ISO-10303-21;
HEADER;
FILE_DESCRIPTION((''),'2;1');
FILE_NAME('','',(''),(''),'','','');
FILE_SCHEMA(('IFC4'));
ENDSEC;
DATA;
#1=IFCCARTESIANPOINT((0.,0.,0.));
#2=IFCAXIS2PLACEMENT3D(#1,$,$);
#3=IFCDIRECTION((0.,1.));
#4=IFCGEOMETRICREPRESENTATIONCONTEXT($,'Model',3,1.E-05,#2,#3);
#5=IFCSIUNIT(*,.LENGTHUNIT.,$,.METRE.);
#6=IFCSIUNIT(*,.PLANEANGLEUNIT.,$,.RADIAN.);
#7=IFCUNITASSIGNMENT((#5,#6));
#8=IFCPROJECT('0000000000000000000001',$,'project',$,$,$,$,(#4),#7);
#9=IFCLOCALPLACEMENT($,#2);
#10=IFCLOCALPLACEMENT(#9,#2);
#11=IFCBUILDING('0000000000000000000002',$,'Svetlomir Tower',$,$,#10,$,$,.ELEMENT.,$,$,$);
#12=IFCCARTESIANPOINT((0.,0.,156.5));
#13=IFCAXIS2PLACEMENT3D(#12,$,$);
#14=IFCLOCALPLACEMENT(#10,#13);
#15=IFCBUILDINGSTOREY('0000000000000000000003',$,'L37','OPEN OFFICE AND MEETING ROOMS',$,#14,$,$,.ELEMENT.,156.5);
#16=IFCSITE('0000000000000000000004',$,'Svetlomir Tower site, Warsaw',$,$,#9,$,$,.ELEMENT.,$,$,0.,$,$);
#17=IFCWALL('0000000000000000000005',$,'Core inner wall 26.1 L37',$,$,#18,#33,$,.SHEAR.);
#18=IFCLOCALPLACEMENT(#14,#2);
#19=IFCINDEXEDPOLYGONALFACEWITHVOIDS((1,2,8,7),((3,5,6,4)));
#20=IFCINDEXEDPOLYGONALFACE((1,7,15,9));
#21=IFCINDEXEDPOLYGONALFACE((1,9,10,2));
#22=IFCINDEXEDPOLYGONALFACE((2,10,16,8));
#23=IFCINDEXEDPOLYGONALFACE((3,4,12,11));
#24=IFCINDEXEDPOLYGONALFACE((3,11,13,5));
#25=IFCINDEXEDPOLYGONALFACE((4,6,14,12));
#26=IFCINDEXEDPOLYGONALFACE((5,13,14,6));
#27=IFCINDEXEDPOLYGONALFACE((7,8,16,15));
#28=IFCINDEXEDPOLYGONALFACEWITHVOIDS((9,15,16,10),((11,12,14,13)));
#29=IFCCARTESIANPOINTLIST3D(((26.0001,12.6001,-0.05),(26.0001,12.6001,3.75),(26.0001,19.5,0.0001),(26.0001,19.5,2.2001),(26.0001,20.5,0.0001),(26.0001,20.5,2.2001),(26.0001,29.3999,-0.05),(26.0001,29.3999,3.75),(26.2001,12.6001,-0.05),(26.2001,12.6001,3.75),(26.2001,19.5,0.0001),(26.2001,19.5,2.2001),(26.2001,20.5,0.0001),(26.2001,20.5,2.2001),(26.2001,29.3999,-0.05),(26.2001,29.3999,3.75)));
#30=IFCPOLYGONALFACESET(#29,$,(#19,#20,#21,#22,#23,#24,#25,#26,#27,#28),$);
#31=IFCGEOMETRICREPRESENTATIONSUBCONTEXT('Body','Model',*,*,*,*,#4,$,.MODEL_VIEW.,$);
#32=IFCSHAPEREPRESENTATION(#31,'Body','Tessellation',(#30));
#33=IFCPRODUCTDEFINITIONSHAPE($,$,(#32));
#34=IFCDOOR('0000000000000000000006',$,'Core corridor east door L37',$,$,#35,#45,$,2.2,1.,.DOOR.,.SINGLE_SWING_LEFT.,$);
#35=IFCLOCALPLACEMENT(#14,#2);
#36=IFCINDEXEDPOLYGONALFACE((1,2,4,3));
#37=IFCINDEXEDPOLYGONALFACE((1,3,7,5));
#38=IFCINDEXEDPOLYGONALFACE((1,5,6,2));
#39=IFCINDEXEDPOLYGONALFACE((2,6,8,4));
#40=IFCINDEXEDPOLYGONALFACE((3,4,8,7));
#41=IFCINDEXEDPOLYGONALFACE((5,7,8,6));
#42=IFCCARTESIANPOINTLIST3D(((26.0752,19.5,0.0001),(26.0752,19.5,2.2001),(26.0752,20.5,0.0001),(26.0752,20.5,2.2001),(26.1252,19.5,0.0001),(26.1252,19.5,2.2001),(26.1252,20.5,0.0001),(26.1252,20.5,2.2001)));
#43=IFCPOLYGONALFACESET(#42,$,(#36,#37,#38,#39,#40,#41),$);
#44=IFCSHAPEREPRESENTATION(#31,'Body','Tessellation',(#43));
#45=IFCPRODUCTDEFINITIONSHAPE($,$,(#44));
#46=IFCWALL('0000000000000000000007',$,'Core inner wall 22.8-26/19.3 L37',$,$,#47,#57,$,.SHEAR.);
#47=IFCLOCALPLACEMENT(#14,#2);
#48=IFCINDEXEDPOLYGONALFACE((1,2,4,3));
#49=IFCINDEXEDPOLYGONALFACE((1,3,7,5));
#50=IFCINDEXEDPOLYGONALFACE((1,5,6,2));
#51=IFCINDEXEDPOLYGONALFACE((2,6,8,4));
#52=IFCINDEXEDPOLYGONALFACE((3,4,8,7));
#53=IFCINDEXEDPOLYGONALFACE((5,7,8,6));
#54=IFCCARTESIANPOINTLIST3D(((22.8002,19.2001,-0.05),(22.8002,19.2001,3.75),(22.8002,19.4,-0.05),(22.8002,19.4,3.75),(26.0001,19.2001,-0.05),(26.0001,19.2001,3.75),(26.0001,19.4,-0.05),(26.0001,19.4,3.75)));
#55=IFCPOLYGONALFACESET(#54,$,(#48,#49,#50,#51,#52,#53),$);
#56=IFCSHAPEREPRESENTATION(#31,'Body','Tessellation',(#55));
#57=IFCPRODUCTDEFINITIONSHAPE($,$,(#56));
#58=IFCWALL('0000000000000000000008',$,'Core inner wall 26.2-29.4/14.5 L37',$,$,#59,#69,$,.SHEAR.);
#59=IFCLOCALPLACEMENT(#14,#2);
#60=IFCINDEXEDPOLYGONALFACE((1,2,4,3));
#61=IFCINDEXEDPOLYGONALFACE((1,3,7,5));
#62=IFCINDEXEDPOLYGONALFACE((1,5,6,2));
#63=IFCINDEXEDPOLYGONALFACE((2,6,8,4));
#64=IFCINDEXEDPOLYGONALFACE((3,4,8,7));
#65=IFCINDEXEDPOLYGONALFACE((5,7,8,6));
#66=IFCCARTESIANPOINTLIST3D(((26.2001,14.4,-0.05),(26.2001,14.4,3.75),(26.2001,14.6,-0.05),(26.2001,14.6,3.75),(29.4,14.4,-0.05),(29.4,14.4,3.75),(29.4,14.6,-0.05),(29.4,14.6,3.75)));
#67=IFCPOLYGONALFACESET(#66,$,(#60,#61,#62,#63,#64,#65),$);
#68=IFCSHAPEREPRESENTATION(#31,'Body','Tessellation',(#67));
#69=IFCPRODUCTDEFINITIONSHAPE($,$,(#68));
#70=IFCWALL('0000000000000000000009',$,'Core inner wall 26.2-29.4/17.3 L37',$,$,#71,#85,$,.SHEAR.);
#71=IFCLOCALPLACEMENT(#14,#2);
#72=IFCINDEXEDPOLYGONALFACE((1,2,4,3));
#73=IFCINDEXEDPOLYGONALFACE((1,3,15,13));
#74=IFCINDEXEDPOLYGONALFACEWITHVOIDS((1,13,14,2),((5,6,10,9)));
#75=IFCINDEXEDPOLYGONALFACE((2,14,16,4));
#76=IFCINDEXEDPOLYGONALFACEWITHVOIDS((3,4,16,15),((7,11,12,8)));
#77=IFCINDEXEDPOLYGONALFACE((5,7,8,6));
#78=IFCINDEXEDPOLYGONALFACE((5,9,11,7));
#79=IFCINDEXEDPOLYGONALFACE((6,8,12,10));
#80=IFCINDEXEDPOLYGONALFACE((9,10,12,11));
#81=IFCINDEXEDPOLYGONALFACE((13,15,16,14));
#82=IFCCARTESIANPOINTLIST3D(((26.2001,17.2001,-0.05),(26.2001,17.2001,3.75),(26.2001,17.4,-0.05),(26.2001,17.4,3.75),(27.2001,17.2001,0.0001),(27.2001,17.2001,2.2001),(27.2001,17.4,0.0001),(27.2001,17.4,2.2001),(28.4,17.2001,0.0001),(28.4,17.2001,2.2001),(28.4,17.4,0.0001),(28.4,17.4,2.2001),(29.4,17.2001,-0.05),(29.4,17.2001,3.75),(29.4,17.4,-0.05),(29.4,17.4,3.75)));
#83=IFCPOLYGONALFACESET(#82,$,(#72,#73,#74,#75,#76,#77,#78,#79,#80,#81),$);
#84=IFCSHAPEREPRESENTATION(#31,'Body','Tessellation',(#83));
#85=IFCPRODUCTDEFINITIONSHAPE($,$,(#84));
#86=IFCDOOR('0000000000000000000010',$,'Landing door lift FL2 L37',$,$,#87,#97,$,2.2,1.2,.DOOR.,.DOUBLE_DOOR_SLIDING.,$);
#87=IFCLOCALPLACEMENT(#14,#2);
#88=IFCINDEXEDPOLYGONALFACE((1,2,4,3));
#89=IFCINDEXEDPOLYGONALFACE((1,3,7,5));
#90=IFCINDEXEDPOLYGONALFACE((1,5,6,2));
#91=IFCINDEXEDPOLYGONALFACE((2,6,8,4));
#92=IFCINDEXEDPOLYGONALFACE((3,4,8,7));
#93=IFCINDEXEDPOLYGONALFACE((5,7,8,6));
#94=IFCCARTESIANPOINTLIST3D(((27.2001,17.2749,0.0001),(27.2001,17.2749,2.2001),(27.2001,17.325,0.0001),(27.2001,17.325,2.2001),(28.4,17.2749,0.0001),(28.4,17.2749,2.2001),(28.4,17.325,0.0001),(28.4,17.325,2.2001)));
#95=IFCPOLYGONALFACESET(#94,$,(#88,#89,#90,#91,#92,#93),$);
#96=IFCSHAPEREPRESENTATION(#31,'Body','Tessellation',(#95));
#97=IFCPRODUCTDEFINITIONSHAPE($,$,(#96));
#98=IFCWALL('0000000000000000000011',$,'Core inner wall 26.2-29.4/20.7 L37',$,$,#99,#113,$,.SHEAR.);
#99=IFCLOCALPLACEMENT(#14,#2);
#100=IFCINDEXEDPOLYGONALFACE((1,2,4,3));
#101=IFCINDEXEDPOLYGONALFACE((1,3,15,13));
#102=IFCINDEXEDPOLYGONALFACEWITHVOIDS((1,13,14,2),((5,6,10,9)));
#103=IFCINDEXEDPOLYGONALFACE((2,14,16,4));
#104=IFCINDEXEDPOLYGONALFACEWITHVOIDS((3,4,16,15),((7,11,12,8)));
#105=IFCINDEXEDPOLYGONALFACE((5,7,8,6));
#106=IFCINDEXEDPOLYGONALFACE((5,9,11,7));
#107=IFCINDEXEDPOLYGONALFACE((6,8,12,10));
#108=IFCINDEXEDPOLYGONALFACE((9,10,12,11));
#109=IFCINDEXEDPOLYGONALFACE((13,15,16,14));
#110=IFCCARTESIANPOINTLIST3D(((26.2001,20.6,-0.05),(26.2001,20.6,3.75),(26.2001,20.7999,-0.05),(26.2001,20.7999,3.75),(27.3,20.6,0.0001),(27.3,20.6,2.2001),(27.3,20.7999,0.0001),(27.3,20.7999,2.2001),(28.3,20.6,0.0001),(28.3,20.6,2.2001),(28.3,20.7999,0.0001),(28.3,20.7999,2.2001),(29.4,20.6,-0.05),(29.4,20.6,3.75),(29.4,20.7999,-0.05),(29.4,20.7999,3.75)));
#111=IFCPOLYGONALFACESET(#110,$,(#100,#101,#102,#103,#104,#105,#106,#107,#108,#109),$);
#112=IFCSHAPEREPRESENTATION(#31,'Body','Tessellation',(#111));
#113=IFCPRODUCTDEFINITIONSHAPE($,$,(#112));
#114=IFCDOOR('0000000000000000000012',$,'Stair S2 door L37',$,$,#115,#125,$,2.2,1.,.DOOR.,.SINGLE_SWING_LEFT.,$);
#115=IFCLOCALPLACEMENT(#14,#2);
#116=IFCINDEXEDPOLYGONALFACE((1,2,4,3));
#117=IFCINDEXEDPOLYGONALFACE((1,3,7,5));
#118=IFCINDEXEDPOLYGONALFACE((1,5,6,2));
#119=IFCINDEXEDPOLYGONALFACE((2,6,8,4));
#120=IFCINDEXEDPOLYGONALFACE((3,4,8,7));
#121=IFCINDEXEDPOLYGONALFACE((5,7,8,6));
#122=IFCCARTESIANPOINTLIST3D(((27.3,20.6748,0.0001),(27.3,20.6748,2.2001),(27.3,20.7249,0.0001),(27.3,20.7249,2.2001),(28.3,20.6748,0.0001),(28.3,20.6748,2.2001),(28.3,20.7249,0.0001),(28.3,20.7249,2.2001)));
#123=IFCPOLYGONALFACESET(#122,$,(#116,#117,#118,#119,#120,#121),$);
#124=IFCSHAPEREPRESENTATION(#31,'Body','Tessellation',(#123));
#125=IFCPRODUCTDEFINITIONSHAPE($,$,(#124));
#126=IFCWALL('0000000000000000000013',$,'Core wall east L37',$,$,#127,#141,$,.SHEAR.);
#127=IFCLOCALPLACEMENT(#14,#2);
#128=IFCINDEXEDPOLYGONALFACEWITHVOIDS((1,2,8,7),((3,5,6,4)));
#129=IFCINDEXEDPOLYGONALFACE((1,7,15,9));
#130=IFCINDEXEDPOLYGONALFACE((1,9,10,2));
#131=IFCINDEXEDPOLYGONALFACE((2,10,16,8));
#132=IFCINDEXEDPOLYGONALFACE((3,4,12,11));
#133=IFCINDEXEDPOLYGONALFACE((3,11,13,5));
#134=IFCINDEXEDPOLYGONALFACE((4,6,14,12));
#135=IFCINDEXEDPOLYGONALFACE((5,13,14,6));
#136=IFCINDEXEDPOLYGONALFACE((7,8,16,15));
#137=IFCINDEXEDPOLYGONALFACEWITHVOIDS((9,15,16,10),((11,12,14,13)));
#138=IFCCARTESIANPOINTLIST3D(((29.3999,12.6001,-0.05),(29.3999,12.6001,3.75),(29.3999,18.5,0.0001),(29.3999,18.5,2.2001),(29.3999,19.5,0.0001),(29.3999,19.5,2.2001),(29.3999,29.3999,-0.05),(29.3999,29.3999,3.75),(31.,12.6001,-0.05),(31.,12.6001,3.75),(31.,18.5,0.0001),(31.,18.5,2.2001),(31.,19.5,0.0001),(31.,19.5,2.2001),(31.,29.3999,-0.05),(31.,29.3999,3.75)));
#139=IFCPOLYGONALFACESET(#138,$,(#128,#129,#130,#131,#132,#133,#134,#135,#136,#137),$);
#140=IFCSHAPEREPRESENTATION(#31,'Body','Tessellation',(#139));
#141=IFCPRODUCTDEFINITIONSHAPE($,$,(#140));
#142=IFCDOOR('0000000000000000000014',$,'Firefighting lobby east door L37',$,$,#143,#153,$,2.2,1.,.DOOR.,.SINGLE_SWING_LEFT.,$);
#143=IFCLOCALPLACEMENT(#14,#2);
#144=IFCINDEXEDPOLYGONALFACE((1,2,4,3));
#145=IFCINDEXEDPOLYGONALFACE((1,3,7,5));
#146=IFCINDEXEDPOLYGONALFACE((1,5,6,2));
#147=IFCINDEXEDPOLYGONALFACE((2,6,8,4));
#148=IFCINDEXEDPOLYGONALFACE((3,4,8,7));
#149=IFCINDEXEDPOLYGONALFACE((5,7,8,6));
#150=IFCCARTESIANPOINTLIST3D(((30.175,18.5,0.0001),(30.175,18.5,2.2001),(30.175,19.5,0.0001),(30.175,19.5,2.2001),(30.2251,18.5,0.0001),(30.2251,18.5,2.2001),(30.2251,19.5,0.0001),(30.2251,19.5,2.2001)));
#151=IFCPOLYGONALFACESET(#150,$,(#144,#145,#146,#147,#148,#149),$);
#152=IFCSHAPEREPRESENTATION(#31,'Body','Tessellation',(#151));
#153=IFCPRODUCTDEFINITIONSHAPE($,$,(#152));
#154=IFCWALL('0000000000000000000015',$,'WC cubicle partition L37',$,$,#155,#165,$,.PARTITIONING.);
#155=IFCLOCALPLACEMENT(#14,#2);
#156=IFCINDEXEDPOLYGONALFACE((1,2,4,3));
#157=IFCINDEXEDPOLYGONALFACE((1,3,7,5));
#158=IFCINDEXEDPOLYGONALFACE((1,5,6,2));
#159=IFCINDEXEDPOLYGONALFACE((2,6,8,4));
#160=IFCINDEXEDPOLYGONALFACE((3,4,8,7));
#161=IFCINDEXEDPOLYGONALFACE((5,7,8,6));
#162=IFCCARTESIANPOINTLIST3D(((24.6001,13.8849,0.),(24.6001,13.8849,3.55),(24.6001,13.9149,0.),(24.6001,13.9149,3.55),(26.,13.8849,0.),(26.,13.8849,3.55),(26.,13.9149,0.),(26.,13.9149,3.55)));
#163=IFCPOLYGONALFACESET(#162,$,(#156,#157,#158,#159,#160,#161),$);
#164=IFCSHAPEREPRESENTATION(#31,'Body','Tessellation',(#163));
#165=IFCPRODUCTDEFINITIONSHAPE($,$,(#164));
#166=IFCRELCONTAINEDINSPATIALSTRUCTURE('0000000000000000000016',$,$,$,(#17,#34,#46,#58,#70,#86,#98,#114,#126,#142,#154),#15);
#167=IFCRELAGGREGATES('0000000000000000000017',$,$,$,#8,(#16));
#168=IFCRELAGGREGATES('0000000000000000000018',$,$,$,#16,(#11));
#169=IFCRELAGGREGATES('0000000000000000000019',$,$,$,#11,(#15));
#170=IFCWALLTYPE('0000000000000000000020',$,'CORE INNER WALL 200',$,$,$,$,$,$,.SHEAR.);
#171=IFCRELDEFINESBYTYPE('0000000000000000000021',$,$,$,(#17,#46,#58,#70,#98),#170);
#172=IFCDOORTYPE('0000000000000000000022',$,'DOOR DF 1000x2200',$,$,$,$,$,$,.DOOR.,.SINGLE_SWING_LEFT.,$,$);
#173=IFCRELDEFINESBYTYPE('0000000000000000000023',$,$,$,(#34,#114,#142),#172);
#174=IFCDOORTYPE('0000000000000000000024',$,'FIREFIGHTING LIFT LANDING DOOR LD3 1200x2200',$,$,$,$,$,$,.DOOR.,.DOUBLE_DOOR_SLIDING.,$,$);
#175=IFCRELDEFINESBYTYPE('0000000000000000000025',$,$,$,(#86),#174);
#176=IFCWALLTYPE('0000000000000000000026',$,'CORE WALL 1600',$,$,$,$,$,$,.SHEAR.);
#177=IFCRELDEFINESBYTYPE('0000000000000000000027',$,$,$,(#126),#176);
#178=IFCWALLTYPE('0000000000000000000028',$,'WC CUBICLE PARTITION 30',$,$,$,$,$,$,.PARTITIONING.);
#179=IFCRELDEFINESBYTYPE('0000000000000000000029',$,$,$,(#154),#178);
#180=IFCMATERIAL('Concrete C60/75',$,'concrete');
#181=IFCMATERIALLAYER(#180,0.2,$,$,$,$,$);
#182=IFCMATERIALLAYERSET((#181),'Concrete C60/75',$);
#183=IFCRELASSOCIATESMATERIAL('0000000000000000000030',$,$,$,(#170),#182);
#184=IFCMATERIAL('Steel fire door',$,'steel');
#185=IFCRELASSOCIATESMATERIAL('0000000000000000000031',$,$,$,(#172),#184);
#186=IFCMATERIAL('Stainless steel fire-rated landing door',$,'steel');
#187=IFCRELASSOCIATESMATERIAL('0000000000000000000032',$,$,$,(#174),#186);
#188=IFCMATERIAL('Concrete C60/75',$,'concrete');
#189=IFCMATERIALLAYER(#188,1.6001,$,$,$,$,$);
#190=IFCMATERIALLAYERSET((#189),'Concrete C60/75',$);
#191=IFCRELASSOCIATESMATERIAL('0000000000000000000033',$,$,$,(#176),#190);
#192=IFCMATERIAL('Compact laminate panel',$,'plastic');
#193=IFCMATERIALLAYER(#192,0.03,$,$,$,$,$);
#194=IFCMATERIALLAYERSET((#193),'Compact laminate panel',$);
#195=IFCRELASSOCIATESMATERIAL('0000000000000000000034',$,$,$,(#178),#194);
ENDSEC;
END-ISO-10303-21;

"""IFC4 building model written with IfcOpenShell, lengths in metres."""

from ifc_helpers import new_model, si_unit, direction, frame, frame_2d, origin, place, context, subcontext, project, spatial, rectangle, extrude, material, layer, layer_set, type_object, element, fill, save


model = new_model("IFC4")

# Units and contexts
model_context = context("Model", 3, precision=1e-05, world=origin(), true_north=direction((0.0, 1.0)))
body_context = subcontext(model_context, "Body", "Model", "MODEL_VIEW")
ifc_project = project(units=[si_unit("LENGTHUNIT", "METRE"), si_unit("PLANEANGLEUNIT", "RADIAN")], contexts=[model_context])

# Site, building, storey
site_placement = place(None, origin())
site = spatial("IfcSite", under=ifc_project, at=site_placement, Name="Svetlomir Tower site, Warsaw", CompositionType="ELEMENT", RefElevation=0.0)
building_placement = place(site_placement, origin())
building = spatial("IfcBuilding", under=site, at=building_placement, Name="Svetlomir Tower", CompositionType="ELEMENT")
storey_placement = place(building_placement, frame((0.0, 0.0, 156.5)))
storey = spatial("IfcBuildingStorey", under=building, at=storey_placement, Name="L37", Description="OPEN OFFICE AND MEETING ROOMS", CompositionType="ELEMENT", Elevation=156.5)

# Wall, opening, door
ifc_material_1 = material(Name="Concrete C60/75", Category="concrete")
ifc_layer_1 = layer(ifc_material_1, 0.2)
ifc_layer_set_1 = layer_set([ifc_layer_1], Name="Concrete C60/75")
wall_type_1 = type_object("IfcWallType", Name="CORE INNER WALL 200", PredefinedType="SHEAR", material=ifc_layer_set_1)
wall_1_placement = place(storey_placement, frame((26.1001, 12.6001, -0.05), z_axis=(0.0, 0.0, 1.0), x_axis=(0.0, 1.0, 0.0)))
wall_1 = element("IfcWall", 1, at=wall_1_placement, inside=storey, type_object=wall_type_1, Name="Core inner wall 26.1 L37", PredefinedType="SHEAR", context=body_context, shape_type="SweptSolid", body=[
    extrude(rectangle(XDim=16.7998, YDim=0.2, at=frame_2d((8.3999, 0.0))), origin(), (0.0, 0.0, 1.0), 3.8),
])
opening_1_placement = place(wall_1_placement, frame((6.8999, 0.0, 0.05)))
opening_1 = element("IfcOpeningElement", 2, at=opening_1_placement, cuts=wall_1, PredefinedType="OPENING", context=body_context, shape_type="SweptSolid", body=[
    extrude(rectangle(XDim=1.0, YDim=2.2, at=frame_2d((0.5, 1.1001))), frame((0.0, 0.1099, 0.0), z_axis=(0.0, -1.0, 0.0), x_axis=(1.0, 0.0, 0.0)), (0.0, 0.0, 1.0), 0.22),
])
ifc_material_2 = material(Name="Steel fire door", Category="steel")
door_type_1 = type_object("IfcDoorType", Name="DOOR DF 1000x2200", OperationType="SINGLE_SWING_LEFT", PredefinedType="DOOR", material=ifc_material_2)
door_1_placement = place(opening_1_placement, origin())
door_1 = element("IfcDoor", 3, at=door_1_placement, inside=storey, type_object=door_type_1, Name="Core corridor east door L37", OperationType="SINGLE_SWING_LEFT", OverallHeight=2.2, OverallWidth=1.0, PredefinedType="DOOR", context=body_context, shape_type="SweptSolid", body=[
    extrude(rectangle(XDim=1.0, YDim=2.2, at=frame_2d((0.5, 1.1001))), frame((0.0, 0.0249, 0.0), z_axis=(0.0, -1.0, 0.0), x_axis=(1.0, 0.0, 0.0)), (0.0, 0.0, 1.0), 0.05),
])
fill(opening_1, door_1)

# Walls
for number, where, z_axis, x_axis, name in (
    (4, (22.8, 19.3, -0.05), (0.0, 0.0, 1.0), (1.0, 0.0, 0.0), "Core inner wall 22.8-26/19.3 L37"),
    (5, (26.2, 14.5, -0.05), (0.0, 0.0, 1.0), (1.0, 0.0, 0.0), "Core inner wall 26.2-29.4/14.5 L37"),
):
    element("IfcWall", number, at=place(storey_placement, frame(where, z_axis=z_axis, x_axis=x_axis)), inside=storey, type_object=wall_type_1, Name=name, PredefinedType="SHEAR", context=body_context, shape_type="SweptSolid", body=[
        extrude(rectangle(XDim=3.2, YDim=0.2, at=frame_2d((1.6001, 0.0))), origin(), (0.0, 0.0, 1.0), 3.8),
    ])

# Walls, openings, doors
wall_2_placement = place(storey_placement, frame((26.2, 17.3, -0.05), z_axis=(0.0, 0.0, 1.0), x_axis=(1.0, 0.0, 0.0)))
wall_2 = element("IfcWall", 6, at=wall_2_placement, inside=storey, type_object=wall_type_1, Name="Core inner wall 26.2-29.4/17.3 L37", PredefinedType="SHEAR", context=body_context, shape_type="SweptSolid", body=[
    extrude(rectangle(XDim=3.2, YDim=0.2, at=frame_2d((1.6001, 0.0))), origin(), (0.0, 0.0, 1.0), 3.8),
])
opening_2_placement = place(wall_2_placement, frame((1.0, 0.0, 0.05)))
opening_2 = element("IfcOpeningElement", 7, at=opening_2_placement, cuts=wall_2, PredefinedType="OPENING", context=body_context, shape_type="SweptSolid", body=[
    extrude(rectangle(XDim=1.2, YDim=2.2, at=frame_2d((0.6001, 1.1001))), frame((0.0, 0.1099, 0.0), z_axis=(0.0, -1.0, 0.0), x_axis=(1.0, 0.0, 0.0)), (0.0, 0.0, 1.0), 0.22),
])
ifc_material_3 = material(Name="Stainless steel fire-rated landing door", Category="steel")
door_type_2 = type_object("IfcDoorType", Name="FIREFIGHTING LIFT LANDING DOOR LD3 1200x2200", OperationType="DOUBLE_DOOR_SLIDING", PredefinedType="DOOR", material=ifc_material_3)
door_2_placement = place(opening_2_placement, origin())
door_2 = element("IfcDoor", 8, at=door_2_placement, inside=storey, type_object=door_type_2, Name="Landing door lift FL2 L37", OperationType="DOUBLE_DOOR_SLIDING", OverallHeight=2.2, OverallWidth=1.2, PredefinedType="DOOR", context=body_context, shape_type="SweptSolid", body=[
    extrude(rectangle(XDim=1.2, YDim=2.2, at=frame_2d((0.6001, 1.1001))), frame((0.0, 0.0249, 0.0), z_axis=(0.0, -1.0, 0.0), x_axis=(1.0, 0.0, 0.0)), (0.0, 0.0, 1.0), 0.05),
])
fill(opening_2, door_2)
wall_3_placement = place(storey_placement, frame((26.2, 20.7, -0.05), z_axis=(0.0, 0.0, 1.0), x_axis=(1.0, 0.0, 0.0)))
wall_3 = element("IfcWall", 9, at=wall_3_placement, inside=storey, type_object=wall_type_1, Name="Core inner wall 26.2-29.4/20.7 L37", PredefinedType="SHEAR", context=body_context, shape_type="SweptSolid", body=[
    extrude(rectangle(XDim=3.2, YDim=0.2, at=frame_2d((1.6001, 0.0))), origin(), (0.0, 0.0, 1.0), 3.8),
])
opening_3_placement = place(wall_3_placement, frame((1.1001, 0.0, 0.05)))
opening_3 = element("IfcOpeningElement", 10, at=opening_3_placement, cuts=wall_3, PredefinedType="OPENING", context=body_context, shape_type="SweptSolid", body=[
    extrude(rectangle(XDim=1.0, YDim=2.2, at=frame_2d((0.5, 1.1001))), frame((0.0, 0.1099, 0.0), z_axis=(0.0, -1.0, 0.0), x_axis=(1.0, 0.0, 0.0)), (0.0, 0.0, 1.0), 0.22),
])
door_3_placement = place(opening_3_placement, origin())
door_3 = element("IfcDoor", 11, at=door_3_placement, inside=storey, type_object=door_type_1, Name="Stair S2 door L37", OperationType="SINGLE_SWING_LEFT", OverallHeight=2.2, OverallWidth=1.0, PredefinedType="DOOR", context=body_context, shape_type="SweptSolid", body=[
    extrude(rectangle(XDim=1.0, YDim=2.2, at=frame_2d((0.5, 1.1001))), frame((0.0, 0.0249, 0.0), z_axis=(0.0, -1.0, 0.0), x_axis=(1.0, 0.0, 0.0)), (0.0, 0.0, 1.0), 0.05),
])
fill(opening_3, door_3)
ifc_material_4 = material(Name="Concrete C60/75", Category="concrete")
ifc_layer_2 = layer(ifc_material_4, 1.6001)
ifc_layer_set_2 = layer_set([ifc_layer_2], Name="Concrete C60/75")
wall_type_2 = type_object("IfcWallType", Name="CORE WALL 1600", PredefinedType="SHEAR", material=ifc_layer_set_2)
wall_4_placement = place(storey_placement, frame((30.2, 12.6001, -0.05), z_axis=(0.0, 0.0, 1.0), x_axis=(0.0, 1.0, 0.0)))
wall_4 = element("IfcWall", 12, at=wall_4_placement, inside=storey, type_object=wall_type_2, Name="Core wall east L37", PredefinedType="SHEAR", context=body_context, shape_type="SweptSolid", body=[
    extrude(rectangle(XDim=16.7998, YDim=1.6001, at=frame_2d((8.3999, 0.0))), origin(), (0.0, 0.0, 1.0), 3.8),
])
opening_4_placement = place(wall_4_placement, frame((5.8999, 0.0, 0.05)))
opening_4 = element("IfcOpeningElement", 13, at=opening_4_placement, cuts=wall_4, PredefinedType="OPENING", context=body_context, shape_type="SweptSolid", body=[
    extrude(rectangle(XDim=1.0, YDim=2.2, at=frame_2d((0.5, 1.1001))), frame((0.0, 0.8101, 0.0), z_axis=(0.0, -1.0, 0.0), x_axis=(1.0, 0.0, 0.0)), (0.0, 0.0, 1.0), 1.6201),
])
door_4_placement = place(opening_4_placement, origin())
door_4 = element("IfcDoor", 14, at=door_4_placement, inside=storey, type_object=door_type_1, Name="Firefighting lobby east door L37", OperationType="SINGLE_SWING_LEFT", OverallHeight=2.2, OverallWidth=1.0, PredefinedType="DOOR", context=body_context, shape_type="SweptSolid", body=[
    extrude(rectangle(XDim=1.0, YDim=2.2, at=frame_2d((0.5, 1.1001))), frame((0.0, 0.0249, 0.0), z_axis=(0.0, -1.0, 0.0), x_axis=(1.0, 0.0, 0.0)), (0.0, 0.0, 1.0), 0.05),
])
fill(opening_4, door_4)

# Wall
ifc_material_5 = material(Name="Compact laminate panel", Category="plastic")
ifc_layer_3 = layer(ifc_material_5, 0.03)
ifc_layer_set_3 = layer_set([ifc_layer_3], Name="Compact laminate panel")
wall_type_3 = type_object("IfcWallType", Name="WC CUBICLE PARTITION 30", PredefinedType="PARTITIONING", material=ifc_layer_set_3)
wall_5_placement = place(storey_placement, frame((24.6001, 13.8999, 0.0), z_axis=(0.0, 0.0, 1.0), x_axis=(1.0, 0.0, 0.0)))
element("IfcWall", 15, at=wall_5_placement, inside=storey, type_object=wall_type_3, Name="WC cubicle partition L37", PredefinedType="PARTITIONING", context=body_context, shape_type="SweptSolid", body=[
    extrude(rectangle(XDim=1.3999, YDim=0.03, at=frame_2d((0.7, 0.0))), origin(), (0.0, 0.0, 1.0), 3.55),
])

save(model, "model.ifc")
